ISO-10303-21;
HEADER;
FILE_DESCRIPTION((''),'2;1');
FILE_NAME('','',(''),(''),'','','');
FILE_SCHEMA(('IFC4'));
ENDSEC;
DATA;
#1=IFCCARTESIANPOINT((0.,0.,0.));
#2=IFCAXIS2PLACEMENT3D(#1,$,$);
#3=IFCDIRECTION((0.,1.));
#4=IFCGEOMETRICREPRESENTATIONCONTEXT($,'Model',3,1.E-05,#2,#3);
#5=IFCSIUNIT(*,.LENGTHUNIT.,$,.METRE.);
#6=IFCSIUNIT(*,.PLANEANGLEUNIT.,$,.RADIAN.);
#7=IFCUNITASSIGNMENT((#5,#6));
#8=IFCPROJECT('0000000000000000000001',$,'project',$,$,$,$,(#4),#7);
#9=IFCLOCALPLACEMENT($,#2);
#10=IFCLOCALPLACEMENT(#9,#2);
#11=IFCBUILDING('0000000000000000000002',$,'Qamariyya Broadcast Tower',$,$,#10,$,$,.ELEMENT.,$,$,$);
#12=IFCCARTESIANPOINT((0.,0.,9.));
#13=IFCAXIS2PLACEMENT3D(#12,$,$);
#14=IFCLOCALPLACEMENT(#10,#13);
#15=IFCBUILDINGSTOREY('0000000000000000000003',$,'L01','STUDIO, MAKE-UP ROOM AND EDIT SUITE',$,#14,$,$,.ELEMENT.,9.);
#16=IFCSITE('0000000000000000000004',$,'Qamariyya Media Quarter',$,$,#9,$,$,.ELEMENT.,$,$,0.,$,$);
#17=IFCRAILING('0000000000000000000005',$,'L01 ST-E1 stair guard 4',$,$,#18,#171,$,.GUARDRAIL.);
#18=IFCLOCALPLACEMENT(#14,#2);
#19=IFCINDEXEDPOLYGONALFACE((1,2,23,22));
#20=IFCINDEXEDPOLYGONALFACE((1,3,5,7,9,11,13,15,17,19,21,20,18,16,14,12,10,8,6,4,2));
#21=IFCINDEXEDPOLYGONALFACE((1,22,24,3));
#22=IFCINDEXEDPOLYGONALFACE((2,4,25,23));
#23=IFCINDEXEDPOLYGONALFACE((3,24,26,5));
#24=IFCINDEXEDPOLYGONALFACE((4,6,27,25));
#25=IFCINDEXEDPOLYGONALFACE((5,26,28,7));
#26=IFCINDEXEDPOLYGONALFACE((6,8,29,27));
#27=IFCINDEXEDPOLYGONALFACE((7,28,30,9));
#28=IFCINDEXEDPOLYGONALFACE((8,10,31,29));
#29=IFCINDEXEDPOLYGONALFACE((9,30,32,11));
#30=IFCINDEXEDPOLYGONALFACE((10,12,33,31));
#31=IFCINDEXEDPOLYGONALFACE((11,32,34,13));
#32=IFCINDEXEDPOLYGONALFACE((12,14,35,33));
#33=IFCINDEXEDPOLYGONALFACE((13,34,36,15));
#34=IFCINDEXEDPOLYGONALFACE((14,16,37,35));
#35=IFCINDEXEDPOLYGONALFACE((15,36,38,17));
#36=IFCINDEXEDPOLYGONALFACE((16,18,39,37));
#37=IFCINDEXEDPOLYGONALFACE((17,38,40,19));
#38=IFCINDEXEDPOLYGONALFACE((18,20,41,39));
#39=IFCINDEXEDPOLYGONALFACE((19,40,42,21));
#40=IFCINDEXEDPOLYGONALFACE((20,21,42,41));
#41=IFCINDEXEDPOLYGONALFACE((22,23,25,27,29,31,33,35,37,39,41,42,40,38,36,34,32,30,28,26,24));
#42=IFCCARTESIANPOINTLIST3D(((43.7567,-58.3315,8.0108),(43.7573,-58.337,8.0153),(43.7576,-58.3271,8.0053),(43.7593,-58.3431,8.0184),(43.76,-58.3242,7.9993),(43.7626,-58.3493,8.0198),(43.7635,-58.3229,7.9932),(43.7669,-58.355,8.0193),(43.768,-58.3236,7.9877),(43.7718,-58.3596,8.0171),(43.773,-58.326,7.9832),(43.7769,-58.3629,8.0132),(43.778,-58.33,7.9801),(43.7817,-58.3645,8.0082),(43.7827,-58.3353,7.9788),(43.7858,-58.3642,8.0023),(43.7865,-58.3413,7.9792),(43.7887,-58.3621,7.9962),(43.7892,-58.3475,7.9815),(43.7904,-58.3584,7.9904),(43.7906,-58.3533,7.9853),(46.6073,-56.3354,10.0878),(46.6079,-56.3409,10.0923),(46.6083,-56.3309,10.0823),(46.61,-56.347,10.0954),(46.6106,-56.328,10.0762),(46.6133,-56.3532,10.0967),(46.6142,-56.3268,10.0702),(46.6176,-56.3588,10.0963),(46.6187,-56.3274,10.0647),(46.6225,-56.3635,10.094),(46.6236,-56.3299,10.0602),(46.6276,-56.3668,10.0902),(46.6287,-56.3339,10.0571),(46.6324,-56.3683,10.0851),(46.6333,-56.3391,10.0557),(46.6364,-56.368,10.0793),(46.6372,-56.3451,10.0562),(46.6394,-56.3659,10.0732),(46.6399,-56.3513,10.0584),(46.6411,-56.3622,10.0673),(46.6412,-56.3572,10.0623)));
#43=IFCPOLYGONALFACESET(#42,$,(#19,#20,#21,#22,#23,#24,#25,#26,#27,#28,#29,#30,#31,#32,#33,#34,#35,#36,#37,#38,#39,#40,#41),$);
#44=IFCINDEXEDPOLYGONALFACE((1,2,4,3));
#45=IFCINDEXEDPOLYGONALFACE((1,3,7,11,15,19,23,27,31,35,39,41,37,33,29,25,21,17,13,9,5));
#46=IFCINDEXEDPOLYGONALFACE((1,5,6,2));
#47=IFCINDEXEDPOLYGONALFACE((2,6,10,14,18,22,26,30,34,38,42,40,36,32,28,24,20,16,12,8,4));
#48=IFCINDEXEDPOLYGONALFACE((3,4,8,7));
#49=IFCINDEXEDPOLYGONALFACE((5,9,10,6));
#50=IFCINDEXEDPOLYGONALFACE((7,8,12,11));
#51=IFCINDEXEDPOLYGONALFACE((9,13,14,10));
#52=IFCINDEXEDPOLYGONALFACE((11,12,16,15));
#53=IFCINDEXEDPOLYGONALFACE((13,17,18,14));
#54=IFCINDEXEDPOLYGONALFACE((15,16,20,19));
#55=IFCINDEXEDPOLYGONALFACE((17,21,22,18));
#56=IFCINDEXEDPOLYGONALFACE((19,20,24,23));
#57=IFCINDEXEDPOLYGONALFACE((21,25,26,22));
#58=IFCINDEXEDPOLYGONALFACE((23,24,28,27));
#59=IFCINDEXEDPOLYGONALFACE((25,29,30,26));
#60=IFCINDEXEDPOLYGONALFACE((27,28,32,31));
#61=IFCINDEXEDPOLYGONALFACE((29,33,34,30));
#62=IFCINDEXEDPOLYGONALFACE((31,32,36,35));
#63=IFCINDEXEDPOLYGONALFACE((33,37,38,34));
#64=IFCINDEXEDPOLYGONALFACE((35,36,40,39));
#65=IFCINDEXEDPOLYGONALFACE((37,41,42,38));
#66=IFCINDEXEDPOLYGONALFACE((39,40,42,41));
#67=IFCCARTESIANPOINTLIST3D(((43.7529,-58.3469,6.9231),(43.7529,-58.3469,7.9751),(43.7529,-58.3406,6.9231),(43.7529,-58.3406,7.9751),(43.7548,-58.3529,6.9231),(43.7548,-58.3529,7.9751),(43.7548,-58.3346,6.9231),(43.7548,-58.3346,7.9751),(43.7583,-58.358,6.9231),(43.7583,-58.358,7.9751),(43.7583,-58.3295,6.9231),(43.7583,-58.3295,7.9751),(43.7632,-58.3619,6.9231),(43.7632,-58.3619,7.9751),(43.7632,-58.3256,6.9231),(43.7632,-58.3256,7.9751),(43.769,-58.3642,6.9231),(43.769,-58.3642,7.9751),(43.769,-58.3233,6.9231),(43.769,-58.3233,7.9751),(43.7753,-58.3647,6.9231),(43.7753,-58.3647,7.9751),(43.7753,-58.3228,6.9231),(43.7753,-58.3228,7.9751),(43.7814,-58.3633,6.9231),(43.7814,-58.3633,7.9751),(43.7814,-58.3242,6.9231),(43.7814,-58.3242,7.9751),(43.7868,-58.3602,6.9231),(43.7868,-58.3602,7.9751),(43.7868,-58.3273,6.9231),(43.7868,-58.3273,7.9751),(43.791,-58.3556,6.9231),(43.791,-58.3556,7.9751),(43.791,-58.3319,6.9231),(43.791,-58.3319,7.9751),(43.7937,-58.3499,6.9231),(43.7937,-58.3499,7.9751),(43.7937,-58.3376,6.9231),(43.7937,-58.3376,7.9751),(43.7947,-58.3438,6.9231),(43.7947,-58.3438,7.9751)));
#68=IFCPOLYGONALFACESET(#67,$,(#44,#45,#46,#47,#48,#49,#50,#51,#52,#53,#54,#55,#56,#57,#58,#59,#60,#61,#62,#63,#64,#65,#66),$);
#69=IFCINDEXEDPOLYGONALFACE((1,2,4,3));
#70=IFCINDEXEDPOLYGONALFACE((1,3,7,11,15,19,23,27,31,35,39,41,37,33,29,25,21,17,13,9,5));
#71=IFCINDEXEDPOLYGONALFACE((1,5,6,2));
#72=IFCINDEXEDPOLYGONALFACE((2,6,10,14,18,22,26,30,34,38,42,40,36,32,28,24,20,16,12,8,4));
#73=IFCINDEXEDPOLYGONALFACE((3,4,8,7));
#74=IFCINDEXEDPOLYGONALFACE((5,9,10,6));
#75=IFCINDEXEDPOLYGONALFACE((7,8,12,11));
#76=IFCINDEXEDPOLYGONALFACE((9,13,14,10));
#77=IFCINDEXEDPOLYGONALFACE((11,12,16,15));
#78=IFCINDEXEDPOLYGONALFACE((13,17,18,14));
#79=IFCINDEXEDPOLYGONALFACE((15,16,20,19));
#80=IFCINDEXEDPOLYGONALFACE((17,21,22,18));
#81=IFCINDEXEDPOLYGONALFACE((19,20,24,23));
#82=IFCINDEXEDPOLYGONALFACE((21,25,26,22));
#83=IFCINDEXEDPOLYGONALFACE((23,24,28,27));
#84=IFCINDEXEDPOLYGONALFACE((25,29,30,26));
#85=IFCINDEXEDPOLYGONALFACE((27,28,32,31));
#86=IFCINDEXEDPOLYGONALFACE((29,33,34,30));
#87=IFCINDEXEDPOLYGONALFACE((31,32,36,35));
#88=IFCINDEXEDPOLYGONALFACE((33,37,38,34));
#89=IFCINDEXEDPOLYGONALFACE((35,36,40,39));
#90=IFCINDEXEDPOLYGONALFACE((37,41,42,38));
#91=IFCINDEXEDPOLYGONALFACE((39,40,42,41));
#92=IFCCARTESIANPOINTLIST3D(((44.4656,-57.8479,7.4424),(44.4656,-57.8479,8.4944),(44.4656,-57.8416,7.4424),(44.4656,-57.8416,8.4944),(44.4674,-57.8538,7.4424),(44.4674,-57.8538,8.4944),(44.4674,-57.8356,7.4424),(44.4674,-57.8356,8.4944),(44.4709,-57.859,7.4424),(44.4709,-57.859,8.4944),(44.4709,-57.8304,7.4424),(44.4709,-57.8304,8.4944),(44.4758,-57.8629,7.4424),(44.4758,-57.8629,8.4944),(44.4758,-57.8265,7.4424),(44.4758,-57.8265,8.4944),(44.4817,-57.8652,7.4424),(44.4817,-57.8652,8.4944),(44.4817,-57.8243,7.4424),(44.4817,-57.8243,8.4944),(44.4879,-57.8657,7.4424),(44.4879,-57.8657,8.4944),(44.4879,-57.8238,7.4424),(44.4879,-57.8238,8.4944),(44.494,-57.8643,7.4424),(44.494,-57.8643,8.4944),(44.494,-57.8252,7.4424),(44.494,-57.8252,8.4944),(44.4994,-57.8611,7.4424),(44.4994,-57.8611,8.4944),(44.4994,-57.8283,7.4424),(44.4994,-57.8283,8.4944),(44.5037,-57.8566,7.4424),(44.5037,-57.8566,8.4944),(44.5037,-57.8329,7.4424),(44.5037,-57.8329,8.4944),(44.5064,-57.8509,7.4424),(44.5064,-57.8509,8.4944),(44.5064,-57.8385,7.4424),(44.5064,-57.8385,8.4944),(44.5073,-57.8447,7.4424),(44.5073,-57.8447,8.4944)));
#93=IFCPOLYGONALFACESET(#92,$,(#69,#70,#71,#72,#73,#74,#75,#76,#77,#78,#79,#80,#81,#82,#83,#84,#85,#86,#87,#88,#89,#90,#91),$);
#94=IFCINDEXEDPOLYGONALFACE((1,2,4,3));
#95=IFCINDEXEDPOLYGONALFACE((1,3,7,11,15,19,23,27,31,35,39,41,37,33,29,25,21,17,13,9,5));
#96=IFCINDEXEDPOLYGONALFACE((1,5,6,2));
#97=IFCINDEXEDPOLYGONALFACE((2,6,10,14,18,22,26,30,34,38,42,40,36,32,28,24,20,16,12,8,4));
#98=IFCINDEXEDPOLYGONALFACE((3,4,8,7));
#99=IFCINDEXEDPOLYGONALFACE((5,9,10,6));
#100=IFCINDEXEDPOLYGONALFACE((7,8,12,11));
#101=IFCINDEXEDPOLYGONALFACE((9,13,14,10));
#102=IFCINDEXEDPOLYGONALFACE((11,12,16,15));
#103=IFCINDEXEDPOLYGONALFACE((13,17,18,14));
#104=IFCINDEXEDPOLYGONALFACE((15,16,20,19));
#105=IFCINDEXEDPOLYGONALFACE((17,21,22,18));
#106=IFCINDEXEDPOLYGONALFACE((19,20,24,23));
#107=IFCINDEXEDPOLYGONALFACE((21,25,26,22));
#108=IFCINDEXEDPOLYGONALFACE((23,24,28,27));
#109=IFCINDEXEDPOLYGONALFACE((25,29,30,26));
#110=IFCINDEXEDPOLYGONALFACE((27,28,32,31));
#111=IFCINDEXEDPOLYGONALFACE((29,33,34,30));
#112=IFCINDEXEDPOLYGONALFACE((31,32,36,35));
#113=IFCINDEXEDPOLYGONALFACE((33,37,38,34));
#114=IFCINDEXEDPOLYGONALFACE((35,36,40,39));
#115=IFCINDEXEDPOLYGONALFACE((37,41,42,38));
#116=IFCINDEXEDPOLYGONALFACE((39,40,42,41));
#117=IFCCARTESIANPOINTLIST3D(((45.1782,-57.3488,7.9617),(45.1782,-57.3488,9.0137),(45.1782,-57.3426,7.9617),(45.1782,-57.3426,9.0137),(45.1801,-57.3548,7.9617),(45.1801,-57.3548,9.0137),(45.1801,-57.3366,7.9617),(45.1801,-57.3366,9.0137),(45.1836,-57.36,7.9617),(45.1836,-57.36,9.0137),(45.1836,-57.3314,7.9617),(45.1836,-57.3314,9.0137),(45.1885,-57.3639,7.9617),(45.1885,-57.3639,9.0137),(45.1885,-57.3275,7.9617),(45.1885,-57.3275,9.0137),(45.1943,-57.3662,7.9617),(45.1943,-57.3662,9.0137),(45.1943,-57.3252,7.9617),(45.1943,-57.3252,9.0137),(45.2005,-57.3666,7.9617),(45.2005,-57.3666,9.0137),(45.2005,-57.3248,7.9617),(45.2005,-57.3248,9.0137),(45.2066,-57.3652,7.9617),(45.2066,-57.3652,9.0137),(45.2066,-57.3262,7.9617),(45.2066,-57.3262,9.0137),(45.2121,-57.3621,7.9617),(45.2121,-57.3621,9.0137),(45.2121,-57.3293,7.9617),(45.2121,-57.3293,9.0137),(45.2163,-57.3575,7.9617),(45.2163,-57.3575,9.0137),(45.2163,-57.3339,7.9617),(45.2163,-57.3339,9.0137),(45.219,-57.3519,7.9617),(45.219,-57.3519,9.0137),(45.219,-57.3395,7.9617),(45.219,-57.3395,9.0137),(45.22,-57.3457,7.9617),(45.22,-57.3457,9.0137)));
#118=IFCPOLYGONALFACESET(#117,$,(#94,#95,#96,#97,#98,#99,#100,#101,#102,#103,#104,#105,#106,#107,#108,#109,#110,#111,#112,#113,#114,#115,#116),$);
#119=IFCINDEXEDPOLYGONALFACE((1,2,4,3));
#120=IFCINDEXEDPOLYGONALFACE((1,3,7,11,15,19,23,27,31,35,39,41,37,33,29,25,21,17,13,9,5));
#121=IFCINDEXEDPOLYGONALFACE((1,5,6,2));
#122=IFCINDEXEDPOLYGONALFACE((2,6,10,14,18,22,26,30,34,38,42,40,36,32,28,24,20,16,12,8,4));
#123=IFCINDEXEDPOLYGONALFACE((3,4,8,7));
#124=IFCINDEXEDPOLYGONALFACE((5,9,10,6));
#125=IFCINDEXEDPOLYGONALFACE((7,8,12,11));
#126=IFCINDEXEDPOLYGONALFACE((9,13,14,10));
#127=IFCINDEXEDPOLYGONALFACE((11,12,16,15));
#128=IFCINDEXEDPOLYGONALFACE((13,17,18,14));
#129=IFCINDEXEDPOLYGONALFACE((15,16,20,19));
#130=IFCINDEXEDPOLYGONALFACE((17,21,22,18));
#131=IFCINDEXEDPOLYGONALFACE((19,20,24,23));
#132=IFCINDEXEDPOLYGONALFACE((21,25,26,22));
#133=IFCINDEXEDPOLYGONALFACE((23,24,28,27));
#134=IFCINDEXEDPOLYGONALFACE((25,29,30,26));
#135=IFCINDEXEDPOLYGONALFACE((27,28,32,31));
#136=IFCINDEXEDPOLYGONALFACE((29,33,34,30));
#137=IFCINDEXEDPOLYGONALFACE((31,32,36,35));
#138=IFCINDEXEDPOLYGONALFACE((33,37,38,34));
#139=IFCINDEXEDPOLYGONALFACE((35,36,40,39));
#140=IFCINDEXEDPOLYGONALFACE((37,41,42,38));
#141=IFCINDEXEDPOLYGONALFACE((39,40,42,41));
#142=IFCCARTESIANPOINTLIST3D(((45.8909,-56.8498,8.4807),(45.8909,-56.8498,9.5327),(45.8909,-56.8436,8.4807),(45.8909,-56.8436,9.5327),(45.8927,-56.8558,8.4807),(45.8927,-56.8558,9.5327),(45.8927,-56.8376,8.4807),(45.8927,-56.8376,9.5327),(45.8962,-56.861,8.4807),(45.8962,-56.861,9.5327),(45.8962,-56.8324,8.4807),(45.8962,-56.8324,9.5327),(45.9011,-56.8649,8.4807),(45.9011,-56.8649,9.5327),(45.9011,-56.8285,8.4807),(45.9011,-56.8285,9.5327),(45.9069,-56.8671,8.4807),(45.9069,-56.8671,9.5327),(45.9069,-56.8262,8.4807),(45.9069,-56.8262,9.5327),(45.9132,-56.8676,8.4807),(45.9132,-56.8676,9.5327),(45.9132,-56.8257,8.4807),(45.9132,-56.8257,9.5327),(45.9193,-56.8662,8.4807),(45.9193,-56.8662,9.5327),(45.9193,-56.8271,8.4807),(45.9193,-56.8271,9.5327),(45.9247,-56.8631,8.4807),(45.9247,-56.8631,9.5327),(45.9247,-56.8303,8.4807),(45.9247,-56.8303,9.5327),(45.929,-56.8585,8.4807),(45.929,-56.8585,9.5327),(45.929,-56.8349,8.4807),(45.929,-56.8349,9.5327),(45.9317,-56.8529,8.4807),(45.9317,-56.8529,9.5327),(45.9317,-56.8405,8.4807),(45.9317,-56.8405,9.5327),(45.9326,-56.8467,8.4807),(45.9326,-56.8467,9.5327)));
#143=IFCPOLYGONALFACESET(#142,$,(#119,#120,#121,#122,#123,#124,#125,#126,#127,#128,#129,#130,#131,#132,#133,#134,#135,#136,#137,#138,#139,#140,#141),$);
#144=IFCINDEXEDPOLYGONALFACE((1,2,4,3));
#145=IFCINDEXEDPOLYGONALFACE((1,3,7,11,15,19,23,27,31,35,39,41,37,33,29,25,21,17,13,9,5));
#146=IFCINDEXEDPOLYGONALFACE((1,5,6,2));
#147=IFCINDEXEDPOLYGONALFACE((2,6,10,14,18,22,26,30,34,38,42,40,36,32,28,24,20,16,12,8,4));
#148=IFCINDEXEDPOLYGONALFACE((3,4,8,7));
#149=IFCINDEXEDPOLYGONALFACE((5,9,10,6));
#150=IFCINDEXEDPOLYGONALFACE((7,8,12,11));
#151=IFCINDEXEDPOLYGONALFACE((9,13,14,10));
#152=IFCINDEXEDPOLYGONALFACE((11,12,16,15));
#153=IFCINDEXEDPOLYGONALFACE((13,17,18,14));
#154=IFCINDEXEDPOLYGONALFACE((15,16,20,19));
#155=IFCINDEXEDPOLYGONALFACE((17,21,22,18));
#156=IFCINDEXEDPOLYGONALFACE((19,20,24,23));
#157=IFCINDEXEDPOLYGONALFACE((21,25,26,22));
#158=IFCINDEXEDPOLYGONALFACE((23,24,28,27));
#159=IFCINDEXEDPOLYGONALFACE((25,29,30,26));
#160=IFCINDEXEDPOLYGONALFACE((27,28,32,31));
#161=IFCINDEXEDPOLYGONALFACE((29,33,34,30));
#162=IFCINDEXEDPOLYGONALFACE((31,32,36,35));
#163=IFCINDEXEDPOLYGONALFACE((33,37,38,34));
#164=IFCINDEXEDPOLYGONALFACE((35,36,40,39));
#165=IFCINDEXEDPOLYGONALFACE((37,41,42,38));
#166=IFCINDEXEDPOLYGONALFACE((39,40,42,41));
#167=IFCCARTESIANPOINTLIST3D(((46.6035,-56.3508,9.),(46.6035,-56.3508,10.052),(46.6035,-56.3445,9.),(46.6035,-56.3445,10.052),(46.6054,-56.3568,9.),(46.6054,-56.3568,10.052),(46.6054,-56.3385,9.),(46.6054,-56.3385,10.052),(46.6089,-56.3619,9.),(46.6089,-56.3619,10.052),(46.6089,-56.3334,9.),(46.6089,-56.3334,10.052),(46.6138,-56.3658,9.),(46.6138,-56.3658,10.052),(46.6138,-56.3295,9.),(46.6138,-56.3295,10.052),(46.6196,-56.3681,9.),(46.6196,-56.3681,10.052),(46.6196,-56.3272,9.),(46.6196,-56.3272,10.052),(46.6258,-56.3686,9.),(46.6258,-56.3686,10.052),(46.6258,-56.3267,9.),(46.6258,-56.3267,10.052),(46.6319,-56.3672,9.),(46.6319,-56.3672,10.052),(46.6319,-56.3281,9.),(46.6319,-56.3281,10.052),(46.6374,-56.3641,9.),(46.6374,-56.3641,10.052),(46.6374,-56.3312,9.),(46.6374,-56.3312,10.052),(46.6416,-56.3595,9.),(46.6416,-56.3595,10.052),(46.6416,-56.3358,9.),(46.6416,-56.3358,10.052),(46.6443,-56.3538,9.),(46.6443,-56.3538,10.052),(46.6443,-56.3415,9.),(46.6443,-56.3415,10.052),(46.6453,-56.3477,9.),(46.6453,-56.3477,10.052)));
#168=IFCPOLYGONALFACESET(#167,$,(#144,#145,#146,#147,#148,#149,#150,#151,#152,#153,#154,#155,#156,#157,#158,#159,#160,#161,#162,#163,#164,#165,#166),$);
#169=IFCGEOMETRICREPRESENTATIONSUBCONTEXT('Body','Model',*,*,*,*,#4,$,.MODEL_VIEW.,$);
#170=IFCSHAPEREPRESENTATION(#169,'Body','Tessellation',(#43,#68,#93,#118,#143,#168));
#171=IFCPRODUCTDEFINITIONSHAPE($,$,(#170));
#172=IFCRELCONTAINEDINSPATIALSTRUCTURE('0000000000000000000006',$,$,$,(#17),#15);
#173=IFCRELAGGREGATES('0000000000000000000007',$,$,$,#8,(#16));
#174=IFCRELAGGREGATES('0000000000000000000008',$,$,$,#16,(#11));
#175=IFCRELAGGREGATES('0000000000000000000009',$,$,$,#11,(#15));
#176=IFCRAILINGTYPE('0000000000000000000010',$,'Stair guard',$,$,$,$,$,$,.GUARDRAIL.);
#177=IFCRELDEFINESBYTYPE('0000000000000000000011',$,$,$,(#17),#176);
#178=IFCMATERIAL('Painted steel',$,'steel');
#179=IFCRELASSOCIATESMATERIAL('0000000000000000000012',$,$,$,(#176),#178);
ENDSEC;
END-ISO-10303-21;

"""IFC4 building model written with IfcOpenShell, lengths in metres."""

from ifc_helpers import new_model, si_unit, direction, frame, origin, origin_2d, place, context, subcontext, project, spatial, circle, extrude, material, type_object, element, save


model = new_model("IFC4")

# Units and contexts
model_context = context("Model", 3, precision=1e-05, world=origin(), true_north=direction((0.0, 1.0)))
body_context = subcontext(model_context, "Body", "Model", "MODEL_VIEW")
ifc_project = project(units=[si_unit("LENGTHUNIT", "METRE"), si_unit("PLANEANGLEUNIT", "RADIAN")], contexts=[model_context])

# Site, building, storey
site_placement = place(None, origin())
site = spatial("IfcSite", under=ifc_project, at=site_placement, Name="Qamariyya Media Quarter", CompositionType="ELEMENT", RefElevation=0.0)
building_placement = place(site_placement, origin())
building = spatial("IfcBuilding", under=site, at=building_placement, Name="Qamariyya Broadcast Tower", CompositionType="ELEMENT")
storey_placement = place(building_placement, frame((0.0, 0.0, 9.0)))
storey = spatial("IfcBuildingStorey", under=building, at=storey_placement, Name="L01", Description="STUDIO, MAKE-UP ROOM AND EDIT SUITE", CompositionType="ELEMENT", Elevation=9.0)

# Railing
ifc_material_1 = material(Name="Painted steel", Category="steel")
railing_type_1 = type_object("IfcRailingType", Name="Stair guard", PredefinedType="GUARDRAIL", material=ifc_material_1)
railing_1_placement = place(storey_placement, frame((43.7737, -58.3438, 6.9231)))
element("IfcRailing", 1, at=railing_1_placement, inside=storey, type_object=railing_type_1, Name="L01 ST-E1 stair guard 4", PredefinedType="GUARDRAIL", context=body_context, shape_type="SweptSolid", body=[
    extrude(circle(Radius=0.0239, at=origin_2d()), frame((0.0, 0.0, 1.0762), z_axis=(0.703393, 0.492544, 0.512484), x_axis=(-0.573594, 0.81914, 0.0)), (0.0, 0.0, 1.0), 4.0527),
    extrude(circle(Radius=0.021, at=origin_2d()), origin(), (0.0, 0.0, 1.0), 1.052),
    extrude(circle(Radius=0.021, at=origin_2d()), frame((0.7126, 0.499, 0.5193)), (0.0, 0.0, 1.0), 1.052),
    extrude(circle(Radius=0.021, at=origin_2d()), frame((1.4253, 0.998, 1.0386)), (0.0, 0.0, 1.0), 1.052),
    extrude(circle(Radius=0.021, at=origin_2d()), frame((2.1379, 1.4971, 1.5576)), (0.0, 0.0, 1.0), 1.052),
    extrude(circle(Radius=0.021, at=origin_2d()), frame((2.8506, 1.9961, 2.0769)), (0.0, 0.0, 1.0), 1.052),
])

save(model, "model.ifc")
